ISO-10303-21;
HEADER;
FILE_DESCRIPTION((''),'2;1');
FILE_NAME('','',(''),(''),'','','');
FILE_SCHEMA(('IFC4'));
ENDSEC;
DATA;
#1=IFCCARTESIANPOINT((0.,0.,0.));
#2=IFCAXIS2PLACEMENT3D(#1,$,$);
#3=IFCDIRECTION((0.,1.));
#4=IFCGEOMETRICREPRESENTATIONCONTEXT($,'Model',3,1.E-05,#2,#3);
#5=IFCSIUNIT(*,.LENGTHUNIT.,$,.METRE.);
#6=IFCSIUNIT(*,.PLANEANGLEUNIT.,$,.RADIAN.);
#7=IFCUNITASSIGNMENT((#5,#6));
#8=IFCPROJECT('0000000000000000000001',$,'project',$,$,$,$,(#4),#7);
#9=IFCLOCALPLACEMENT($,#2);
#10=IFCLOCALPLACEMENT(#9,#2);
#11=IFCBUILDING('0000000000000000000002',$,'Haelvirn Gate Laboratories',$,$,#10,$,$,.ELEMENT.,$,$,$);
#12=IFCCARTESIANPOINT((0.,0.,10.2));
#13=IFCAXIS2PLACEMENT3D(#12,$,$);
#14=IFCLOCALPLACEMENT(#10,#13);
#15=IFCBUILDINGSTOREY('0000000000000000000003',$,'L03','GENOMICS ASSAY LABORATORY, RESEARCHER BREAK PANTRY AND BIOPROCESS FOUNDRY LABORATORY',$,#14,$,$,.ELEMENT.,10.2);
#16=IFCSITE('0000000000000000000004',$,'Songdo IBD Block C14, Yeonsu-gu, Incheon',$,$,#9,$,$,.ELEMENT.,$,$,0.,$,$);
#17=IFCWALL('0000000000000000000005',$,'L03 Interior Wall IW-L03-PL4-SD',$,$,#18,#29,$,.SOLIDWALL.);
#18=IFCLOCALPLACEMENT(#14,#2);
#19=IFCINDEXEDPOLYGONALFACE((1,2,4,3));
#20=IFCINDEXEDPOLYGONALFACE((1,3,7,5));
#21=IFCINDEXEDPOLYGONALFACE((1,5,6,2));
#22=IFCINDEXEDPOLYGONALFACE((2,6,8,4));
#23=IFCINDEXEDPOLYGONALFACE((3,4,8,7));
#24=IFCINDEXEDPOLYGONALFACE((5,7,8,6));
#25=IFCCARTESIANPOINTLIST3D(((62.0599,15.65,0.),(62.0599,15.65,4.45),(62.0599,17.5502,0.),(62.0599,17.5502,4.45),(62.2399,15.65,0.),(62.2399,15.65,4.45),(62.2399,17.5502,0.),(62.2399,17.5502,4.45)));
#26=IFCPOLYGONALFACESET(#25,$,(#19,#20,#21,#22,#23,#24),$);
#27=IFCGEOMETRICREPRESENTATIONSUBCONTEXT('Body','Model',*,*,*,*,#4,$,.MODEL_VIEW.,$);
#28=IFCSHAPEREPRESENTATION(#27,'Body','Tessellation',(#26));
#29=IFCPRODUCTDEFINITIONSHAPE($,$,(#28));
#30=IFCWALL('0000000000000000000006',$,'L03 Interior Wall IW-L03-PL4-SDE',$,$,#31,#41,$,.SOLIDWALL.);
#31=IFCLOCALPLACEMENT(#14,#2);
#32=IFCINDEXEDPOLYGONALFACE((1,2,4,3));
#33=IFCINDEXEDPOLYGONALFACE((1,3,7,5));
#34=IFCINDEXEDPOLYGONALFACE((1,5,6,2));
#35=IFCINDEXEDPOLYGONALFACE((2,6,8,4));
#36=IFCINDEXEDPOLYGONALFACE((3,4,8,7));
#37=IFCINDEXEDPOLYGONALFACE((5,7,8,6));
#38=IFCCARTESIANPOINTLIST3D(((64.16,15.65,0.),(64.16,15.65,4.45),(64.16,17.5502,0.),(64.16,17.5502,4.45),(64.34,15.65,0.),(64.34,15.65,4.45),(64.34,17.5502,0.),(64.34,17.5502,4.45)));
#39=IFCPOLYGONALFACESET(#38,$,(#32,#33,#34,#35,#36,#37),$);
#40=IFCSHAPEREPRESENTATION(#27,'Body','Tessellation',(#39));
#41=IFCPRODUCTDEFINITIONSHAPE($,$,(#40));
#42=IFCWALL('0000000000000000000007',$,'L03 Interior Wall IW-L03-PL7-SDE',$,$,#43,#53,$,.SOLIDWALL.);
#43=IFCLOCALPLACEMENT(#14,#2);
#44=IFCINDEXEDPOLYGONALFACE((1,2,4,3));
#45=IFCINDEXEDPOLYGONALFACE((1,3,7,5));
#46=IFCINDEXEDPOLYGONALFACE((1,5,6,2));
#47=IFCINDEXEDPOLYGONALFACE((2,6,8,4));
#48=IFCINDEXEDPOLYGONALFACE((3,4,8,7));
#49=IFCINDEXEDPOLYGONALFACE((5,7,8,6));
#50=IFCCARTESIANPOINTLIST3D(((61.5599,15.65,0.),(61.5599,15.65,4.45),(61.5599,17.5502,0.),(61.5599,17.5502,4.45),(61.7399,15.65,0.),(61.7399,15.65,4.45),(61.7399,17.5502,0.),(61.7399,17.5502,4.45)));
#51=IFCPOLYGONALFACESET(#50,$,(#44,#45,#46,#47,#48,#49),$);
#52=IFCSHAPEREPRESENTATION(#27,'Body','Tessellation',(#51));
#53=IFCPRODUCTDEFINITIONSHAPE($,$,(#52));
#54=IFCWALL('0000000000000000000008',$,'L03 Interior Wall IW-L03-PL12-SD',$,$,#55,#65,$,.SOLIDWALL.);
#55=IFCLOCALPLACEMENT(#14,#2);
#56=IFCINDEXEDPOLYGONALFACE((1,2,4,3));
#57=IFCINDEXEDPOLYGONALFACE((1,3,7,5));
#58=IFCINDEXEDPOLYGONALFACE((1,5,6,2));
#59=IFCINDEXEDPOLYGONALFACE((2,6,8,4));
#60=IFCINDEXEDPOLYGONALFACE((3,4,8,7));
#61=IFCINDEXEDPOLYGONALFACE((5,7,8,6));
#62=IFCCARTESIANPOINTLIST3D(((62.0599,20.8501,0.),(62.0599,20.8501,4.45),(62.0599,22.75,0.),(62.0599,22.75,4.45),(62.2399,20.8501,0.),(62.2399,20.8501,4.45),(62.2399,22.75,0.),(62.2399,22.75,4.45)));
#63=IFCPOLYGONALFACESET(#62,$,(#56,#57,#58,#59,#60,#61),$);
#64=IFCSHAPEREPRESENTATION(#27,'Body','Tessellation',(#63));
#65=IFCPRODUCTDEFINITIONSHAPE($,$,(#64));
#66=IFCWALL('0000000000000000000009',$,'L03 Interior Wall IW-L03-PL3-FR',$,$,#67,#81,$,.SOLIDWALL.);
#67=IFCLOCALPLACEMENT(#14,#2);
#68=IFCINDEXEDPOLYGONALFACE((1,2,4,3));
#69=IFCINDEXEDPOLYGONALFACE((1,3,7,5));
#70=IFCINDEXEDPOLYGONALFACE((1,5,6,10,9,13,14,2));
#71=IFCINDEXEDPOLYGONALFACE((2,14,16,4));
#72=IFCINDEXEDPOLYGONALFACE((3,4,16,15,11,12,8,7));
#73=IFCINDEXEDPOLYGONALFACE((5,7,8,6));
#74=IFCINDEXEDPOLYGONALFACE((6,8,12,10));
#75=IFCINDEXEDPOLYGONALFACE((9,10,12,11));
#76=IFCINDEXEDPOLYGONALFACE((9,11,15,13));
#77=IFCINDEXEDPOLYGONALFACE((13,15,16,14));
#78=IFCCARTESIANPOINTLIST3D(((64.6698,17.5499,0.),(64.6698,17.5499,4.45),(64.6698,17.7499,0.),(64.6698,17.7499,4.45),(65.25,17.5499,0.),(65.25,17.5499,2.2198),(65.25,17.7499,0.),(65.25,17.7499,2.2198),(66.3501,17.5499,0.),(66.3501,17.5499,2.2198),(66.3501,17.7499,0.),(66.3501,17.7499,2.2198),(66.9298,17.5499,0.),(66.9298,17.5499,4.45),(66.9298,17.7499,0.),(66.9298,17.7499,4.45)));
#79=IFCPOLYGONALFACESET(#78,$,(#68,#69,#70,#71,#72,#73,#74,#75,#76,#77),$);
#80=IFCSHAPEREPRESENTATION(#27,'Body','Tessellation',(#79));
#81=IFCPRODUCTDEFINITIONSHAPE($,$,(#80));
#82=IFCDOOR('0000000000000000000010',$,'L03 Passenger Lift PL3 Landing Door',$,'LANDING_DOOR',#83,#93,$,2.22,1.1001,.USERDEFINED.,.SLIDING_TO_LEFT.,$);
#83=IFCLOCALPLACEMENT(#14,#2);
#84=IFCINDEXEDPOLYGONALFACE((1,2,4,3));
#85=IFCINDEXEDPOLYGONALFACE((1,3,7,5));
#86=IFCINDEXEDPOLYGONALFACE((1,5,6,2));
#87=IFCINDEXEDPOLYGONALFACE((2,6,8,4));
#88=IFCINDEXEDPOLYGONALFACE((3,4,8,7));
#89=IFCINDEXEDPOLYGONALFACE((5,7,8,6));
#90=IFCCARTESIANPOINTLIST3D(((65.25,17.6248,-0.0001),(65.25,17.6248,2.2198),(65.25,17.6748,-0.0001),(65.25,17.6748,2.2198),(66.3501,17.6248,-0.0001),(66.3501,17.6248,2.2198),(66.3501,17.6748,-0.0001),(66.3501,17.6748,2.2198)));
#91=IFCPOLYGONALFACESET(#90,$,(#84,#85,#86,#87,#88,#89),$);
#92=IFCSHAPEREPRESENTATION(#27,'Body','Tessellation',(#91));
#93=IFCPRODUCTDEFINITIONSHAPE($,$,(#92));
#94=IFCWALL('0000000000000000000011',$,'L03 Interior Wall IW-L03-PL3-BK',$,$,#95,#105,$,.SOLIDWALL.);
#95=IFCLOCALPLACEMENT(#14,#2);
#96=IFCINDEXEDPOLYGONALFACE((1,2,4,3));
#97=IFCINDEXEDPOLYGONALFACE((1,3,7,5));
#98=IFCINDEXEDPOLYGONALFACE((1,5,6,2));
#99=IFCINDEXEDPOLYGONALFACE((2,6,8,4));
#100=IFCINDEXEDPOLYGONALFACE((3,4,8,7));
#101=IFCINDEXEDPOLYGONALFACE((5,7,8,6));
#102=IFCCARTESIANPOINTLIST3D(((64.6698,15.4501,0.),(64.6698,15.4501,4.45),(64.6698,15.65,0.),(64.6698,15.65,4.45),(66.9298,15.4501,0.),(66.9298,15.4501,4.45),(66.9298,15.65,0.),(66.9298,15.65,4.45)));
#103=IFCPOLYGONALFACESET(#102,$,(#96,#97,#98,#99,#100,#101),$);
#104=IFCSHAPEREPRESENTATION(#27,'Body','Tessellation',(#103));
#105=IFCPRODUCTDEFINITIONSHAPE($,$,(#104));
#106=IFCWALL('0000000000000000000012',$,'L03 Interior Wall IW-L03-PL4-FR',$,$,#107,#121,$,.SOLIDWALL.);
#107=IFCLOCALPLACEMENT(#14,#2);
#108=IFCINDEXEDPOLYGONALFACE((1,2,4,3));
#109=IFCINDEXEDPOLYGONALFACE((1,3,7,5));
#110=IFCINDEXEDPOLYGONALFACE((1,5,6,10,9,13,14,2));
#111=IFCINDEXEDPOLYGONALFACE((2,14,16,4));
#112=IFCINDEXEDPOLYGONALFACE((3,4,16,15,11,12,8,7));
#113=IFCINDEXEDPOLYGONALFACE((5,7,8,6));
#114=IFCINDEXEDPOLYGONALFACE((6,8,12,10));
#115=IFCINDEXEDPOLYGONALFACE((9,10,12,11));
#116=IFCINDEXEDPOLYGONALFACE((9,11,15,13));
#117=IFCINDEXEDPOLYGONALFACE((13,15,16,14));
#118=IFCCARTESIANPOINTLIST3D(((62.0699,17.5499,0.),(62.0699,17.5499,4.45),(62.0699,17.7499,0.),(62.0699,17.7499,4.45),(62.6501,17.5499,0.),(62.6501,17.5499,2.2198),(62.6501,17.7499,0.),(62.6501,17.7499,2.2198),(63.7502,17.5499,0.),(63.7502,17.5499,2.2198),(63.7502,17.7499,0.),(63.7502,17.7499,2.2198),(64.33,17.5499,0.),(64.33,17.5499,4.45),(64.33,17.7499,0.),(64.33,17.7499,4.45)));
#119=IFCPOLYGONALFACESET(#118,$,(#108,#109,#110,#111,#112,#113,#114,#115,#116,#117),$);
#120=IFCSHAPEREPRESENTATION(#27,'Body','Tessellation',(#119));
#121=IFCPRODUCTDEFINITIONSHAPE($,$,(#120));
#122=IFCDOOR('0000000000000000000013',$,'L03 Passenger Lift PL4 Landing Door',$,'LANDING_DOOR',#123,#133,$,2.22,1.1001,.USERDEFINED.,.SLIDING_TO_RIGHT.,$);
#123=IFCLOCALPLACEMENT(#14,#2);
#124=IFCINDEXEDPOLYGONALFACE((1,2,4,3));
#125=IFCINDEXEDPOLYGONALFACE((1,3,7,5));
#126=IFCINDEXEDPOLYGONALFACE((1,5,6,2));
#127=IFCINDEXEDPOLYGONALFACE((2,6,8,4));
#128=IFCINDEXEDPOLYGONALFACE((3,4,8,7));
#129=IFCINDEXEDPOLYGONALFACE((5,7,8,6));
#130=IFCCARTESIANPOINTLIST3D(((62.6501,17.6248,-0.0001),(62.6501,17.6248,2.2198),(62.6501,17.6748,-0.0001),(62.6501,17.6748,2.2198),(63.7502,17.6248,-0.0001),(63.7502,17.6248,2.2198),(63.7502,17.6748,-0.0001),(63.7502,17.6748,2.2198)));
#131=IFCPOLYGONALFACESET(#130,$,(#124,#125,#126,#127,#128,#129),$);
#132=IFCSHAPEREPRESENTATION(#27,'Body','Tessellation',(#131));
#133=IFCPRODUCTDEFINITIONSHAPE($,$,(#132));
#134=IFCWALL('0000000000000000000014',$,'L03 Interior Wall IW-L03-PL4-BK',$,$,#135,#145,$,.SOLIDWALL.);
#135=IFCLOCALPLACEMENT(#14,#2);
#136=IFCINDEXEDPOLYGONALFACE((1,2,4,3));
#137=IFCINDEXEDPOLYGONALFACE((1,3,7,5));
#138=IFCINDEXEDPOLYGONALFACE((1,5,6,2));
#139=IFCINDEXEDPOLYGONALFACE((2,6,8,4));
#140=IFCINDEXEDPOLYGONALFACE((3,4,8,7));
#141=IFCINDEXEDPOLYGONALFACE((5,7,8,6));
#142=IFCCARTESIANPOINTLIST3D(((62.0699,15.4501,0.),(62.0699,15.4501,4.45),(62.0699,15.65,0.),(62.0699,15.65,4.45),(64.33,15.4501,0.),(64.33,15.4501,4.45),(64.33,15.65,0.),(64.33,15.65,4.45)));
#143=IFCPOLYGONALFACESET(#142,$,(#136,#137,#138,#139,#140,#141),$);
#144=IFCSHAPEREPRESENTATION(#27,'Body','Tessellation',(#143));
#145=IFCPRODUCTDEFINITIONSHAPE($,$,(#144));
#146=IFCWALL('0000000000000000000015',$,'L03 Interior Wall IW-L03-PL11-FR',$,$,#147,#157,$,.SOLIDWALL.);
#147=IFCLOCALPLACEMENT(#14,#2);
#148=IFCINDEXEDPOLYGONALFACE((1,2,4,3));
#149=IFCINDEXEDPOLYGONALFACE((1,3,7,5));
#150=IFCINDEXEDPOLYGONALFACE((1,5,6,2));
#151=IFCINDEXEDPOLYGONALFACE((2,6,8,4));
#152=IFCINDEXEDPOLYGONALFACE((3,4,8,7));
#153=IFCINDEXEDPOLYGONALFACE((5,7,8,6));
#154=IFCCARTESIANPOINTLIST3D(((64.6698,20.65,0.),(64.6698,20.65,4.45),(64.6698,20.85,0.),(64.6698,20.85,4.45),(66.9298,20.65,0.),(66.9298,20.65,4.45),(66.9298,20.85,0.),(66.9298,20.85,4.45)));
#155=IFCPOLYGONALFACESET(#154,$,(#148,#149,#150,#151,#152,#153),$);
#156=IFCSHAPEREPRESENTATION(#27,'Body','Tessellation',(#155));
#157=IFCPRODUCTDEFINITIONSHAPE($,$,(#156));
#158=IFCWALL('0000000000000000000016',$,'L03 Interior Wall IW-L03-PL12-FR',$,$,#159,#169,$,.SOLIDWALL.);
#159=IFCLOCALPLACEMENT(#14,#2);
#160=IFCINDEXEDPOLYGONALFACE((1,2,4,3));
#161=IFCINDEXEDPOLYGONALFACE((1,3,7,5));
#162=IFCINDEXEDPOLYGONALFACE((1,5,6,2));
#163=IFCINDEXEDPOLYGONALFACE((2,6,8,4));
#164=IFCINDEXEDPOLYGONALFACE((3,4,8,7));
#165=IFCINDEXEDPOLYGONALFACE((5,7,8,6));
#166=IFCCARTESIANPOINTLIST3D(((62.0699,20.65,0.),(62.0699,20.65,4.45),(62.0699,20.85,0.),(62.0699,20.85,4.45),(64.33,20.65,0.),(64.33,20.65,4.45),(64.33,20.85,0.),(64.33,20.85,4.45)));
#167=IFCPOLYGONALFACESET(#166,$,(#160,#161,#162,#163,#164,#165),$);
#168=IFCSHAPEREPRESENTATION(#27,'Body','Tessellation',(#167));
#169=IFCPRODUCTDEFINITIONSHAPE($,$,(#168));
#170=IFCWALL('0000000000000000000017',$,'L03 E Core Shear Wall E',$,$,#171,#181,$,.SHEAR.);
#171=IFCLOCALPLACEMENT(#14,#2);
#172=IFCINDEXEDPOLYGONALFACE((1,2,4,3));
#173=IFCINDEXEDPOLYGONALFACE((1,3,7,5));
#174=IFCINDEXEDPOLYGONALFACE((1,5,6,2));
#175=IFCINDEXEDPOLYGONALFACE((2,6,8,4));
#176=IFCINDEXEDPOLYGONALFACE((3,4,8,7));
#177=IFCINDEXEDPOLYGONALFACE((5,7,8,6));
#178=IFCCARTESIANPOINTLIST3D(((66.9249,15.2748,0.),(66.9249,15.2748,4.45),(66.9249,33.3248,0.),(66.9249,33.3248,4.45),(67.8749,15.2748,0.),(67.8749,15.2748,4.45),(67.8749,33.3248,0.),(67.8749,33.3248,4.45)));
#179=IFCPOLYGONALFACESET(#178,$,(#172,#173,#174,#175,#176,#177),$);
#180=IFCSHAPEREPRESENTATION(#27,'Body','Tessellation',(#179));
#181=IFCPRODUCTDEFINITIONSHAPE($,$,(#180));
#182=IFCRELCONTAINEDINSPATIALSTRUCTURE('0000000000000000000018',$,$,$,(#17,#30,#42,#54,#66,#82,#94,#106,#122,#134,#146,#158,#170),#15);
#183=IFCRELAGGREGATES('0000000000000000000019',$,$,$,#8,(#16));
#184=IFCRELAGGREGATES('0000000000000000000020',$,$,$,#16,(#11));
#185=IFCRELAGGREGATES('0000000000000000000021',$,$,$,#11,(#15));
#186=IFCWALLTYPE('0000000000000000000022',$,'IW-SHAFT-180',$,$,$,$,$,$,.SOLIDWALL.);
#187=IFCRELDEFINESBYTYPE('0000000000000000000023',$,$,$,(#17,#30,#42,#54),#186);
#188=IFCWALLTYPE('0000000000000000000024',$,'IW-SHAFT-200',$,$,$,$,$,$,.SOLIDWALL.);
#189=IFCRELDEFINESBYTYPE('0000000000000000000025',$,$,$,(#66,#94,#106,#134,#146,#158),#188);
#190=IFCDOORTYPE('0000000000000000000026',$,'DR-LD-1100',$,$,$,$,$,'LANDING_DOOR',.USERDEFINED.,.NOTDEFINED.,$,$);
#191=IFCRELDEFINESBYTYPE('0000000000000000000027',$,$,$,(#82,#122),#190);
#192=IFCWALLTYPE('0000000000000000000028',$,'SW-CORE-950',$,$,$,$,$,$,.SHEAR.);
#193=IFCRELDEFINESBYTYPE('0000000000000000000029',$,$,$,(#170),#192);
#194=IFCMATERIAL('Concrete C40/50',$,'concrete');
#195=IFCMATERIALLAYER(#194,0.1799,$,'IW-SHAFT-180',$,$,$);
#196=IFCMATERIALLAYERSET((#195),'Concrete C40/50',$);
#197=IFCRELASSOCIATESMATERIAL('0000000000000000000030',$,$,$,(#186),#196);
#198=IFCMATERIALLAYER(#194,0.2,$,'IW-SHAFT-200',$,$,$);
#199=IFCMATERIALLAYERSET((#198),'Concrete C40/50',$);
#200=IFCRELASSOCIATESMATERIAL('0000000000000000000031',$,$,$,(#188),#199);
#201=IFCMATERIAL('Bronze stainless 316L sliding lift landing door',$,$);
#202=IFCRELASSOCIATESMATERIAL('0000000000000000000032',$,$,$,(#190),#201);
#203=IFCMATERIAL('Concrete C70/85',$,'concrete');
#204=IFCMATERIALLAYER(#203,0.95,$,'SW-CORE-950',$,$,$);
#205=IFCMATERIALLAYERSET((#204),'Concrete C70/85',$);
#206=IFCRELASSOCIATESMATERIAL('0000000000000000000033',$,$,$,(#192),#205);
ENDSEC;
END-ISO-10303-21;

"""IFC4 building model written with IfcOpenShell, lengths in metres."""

from ifc_helpers import new_model, si_unit, direction, frame, frame_2d, origin, place, context, subcontext, project, spatial, rectangle, extrude, source, transform, mapped, material, layer, layer_set, type_object, type_shapes, element, fill, save


model = new_model("IFC4")

# Units and contexts
model_context = context("Model", 3, precision=1e-05, world=origin(), true_north=direction((0.0, 1.0)))
body_context = subcontext(model_context, "Body", "Model", "MODEL_VIEW")
ifc_project = project(units=[si_unit("LENGTHUNIT", "METRE"), si_unit("PLANEANGLEUNIT", "RADIAN")], contexts=[model_context])

# Site, building, storey
site_placement = place(None, origin())
site = spatial("IfcSite", under=ifc_project, at=site_placement, Name="Songdo IBD Block C14, Yeonsu-gu, Incheon", CompositionType="ELEMENT", RefElevation=0.0)
building_placement = place(site_placement, origin())
building = spatial("IfcBuilding", under=site, at=building_placement, Name="Haelvirn Gate Laboratories", CompositionType="ELEMENT")
storey_placement = place(building_placement, frame((0.0, 0.0, 10.2)))
storey = spatial("IfcBuildingStorey", under=building, at=storey_placement, Name="L03", Description="GENOMICS ASSAY LABORATORY, RESEARCHER BREAK PANTRY AND BIOPROCESS FOUNDRY LABORATORY", CompositionType="ELEMENT", Elevation=10.2)

# Shared definitions
ifc_material_1 = material(Name="Concrete C70/85", Category="concrete")

# Walls
ifc_material_2 = material(Name="Concrete C40/50", Category="concrete")
ifc_layer_1 = layer(ifc_material_2, 0.1799, Name="IW-SHAFT-180")
ifc_layer_set_1 = layer_set([ifc_layer_1], Name="Concrete C40/50")
wall_type_1 = type_object("IfcWallType", Name="IW-SHAFT-180", PredefinedType="SOLIDWALL", material=ifc_layer_set_1)
for number, where, z_axis, x_axis, name in (
    (1, (62.1499, 15.6499, 0.0), (0.0, 0.0, 1.0), (0.0, 1.0, 0.0), "L03 Interior Wall IW-L03-PL4-SD"),
    (2, (64.25, 15.6499, 0.0), (0.0, 0.0, 1.0), (0.0, 1.0, 0.0), "L03 Interior Wall IW-L03-PL4-SDE"),
    (3, (61.6499, 15.6499, 0.0), (0.0, 0.0, 1.0), (0.0, 1.0, 0.0), "L03 Interior Wall IW-L03-PL7-SDE"),
):
    element("IfcWall", number, at=place(storey_placement, frame(where, z_axis=z_axis, x_axis=x_axis)), inside=storey, type_object=wall_type_1, Name=name, PredefinedType="SOLIDWALL", context=body_context, shape_type="SweptSolid", body=[
        extrude(rectangle(XDim=1.9001, YDim=0.1799, at=frame_2d((0.9502, 0.0))), origin(), (0.0, 0.0, 1.0), 4.45),
    ])
wall_1_placement = place(storey_placement, frame((62.1499, 20.8501, 0.0), z_axis=(0.0, 0.0, 1.0), x_axis=(0.0, 1.0, 0.0)))
element("IfcWall", 4, at=wall_1_placement, inside=storey, type_object=wall_type_1, Name="L03 Interior Wall IW-L03-PL12-SD", PredefinedType="SOLIDWALL", context=body_context, shape_type="SweptSolid", body=[
    extrude(rectangle(XDim=1.8999, YDim=0.1799, at=frame_2d((0.95, 0.0))), origin(), (0.0, 0.0, 1.0), 4.45),
])

# Wall, opening, door
ifc_layer_2 = layer(ifc_material_2, 0.2, Name="IW-SHAFT-200")
ifc_layer_set_2 = layer_set([ifc_layer_2], Name="Concrete C40/50")
wall_type_2 = type_object("IfcWallType", Name="IW-SHAFT-200", PredefinedType="SOLIDWALL", material=ifc_layer_set_2)
wall_2_placement = place(storey_placement, frame((64.6699, 17.6499, 0.0), z_axis=(0.0, 0.0, 1.0), x_axis=(1.0, 0.0, 0.0)))
wall_2 = element("IfcWall", 5, at=wall_2_placement, inside=storey, type_object=wall_type_2, Name="L03 Interior Wall IW-L03-PL3-FR", PredefinedType="SOLIDWALL", context=body_context, shape_type="SweptSolid", body=[
    extrude(rectangle(XDim=2.26, YDim=0.2, at=frame_2d((1.1299, 0.0))), origin(), (0.0, 0.0, 1.0), 4.45),
])
opening_1_placement = place(wall_2_placement, frame((0.5801, 0.0, 0.0)))
opening_1 = element("IfcOpeningElement", 6, at=opening_1_placement, cuts=wall_2, PredefinedType="OPENING", context=body_context, shape_type="SweptSolid", body=[
    extrude(rectangle(XDim=1.1001, YDim=2.22, at=frame_2d((0.55, 1.1099))), frame((0.0, 0.1099, 0.0), z_axis=(0.0, -1.0, 0.0), x_axis=(1.0, 0.0, 0.0)), (0.0, 0.0, 1.0), 0.22),
])
ifc_material_3 = material(Name="Bronze stainless 316L sliding lift landing door")
door_type_1 = type_object("IfcDoorType", Name="DR-LD-1100", ElementType="LANDING_DOOR", OperationType="NOTDEFINED", PredefinedType="USERDEFINED", material=ifc_material_3)
shared_shape_1 = source(origin(), body_context, "Body", "SweptSolid", [
    extrude(rectangle(XDim=1.1001, YDim=2.22, at=frame_2d((0.55, 1.1099))), frame((0.0, 0.0249, 0.0), z_axis=(0.0, -1.0, 0.0), x_axis=(1.0, 0.0, 0.0)), (0.0, 0.0, 1.0), 0.05),
])
type_shapes(door_type_1, [shared_shape_1])
door_1_placement = place(opening_1_placement, origin())
door_1 = element("IfcDoor", 7, at=door_1_placement, inside=storey, type_object=door_type_1, Name="L03 Passenger Lift PL3 Landing Door", ObjectType="LANDING_DOOR", OperationType="SLIDING_TO_LEFT", OverallHeight=2.22, OverallWidth=1.1001, PredefinedType="USERDEFINED", context=body_context, shape_type="MappedRepresentation", body=[
    mapped(shared_shape_1, transform((0.0, 0.0, 0.0), scale=1.0)),
])
fill(opening_1, door_1)

# Wall
wall_3_placement = place(storey_placement, frame((64.6699, 15.55, 0.0), z_axis=(0.0, 0.0, 1.0), x_axis=(1.0, 0.0, 0.0)))
element("IfcWall", 8, at=wall_3_placement, inside=storey, type_object=wall_type_2, Name="L03 Interior Wall IW-L03-PL3-BK", PredefinedType="SOLIDWALL", context=body_context, shape_type="SweptSolid", body=[
    extrude(rectangle(XDim=2.26, YDim=0.2, at=frame_2d((1.1299, 0.0))), origin(), (0.0, 0.0, 1.0), 4.45),
])

# Wall, opening, door
wall_4_placement = place(storey_placement, frame((62.0701, 17.6499, 0.0), z_axis=(0.0, 0.0, 1.0), x_axis=(1.0, 0.0, 0.0)))
wall_4 = element("IfcWall", 9, at=wall_4_placement, inside=storey, type_object=wall_type_2, Name="L03 Interior Wall IW-L03-PL4-FR", PredefinedType="SOLIDWALL", context=body_context, shape_type="SweptSolid", body=[
    extrude(rectangle(XDim=2.26, YDim=0.2, at=frame_2d((1.1299, 0.0))), origin(), (0.0, 0.0, 1.0), 4.45),
])
opening_2_placement = place(wall_4_placement, frame((0.5801, 0.0, 0.0)))
opening_2 = element("IfcOpeningElement", 10, at=opening_2_placement, cuts=wall_4, PredefinedType="OPENING", context=body_context, shape_type="SweptSolid", body=[
    extrude(rectangle(XDim=1.1001, YDim=2.22, at=frame_2d((0.55, 1.1099))), frame((0.0, 0.1099, 0.0), z_axis=(0.0, -1.0, 0.0), x_axis=(1.0, 0.0, 0.0)), (0.0, 0.0, 1.0), 0.22),
])
door_2_placement = place(opening_2_placement, origin())
door_2 = element("IfcDoor", 11, at=door_2_placement, inside=storey, type_object=door_type_1, Name="L03 Passenger Lift PL4 Landing Door", ObjectType="LANDING_DOOR", OperationType="SLIDING_TO_RIGHT", OverallHeight=2.22, OverallWidth=1.1001, PredefinedType="USERDEFINED", context=body_context, shape_type="MappedRepresentation", body=[
    mapped(shared_shape_1, transform((0.0, 0.0, 0.0), scale=1.0)),
])
fill(opening_2, door_2)

# Walls
for number, where, z_axis, x_axis, name in (
    (12, (62.0701, 15.55, 0.0), (0.0, 0.0, 1.0), (1.0, 0.0, 0.0), "L03 Interior Wall IW-L03-PL4-BK"),
    (13, (64.6699, 20.75, 0.0), (0.0, 0.0, 1.0), (1.0, 0.0, 0.0), "L03 Interior Wall IW-L03-PL11-FR"),
    (14, (62.0701, 20.75, 0.0), (0.0, 0.0, 1.0), (1.0, 0.0, 0.0), "L03 Interior Wall IW-L03-PL12-FR"),
):
    element("IfcWall", number, at=place(storey_placement, frame(where, z_axis=z_axis, x_axis=x_axis)), inside=storey, type_object=wall_type_2, Name=name, PredefinedType="SOLIDWALL", context=body_context, shape_type="SweptSolid", body=[
        extrude(rectangle(XDim=2.26, YDim=0.2, at=frame_2d((1.1299, 0.0))), origin(), (0.0, 0.0, 1.0), 4.45),
    ])
ifc_layer_3 = layer(ifc_material_1, 0.95, Name="SW-CORE-950")
ifc_layer_set_3 = layer_set([ifc_layer_3], Name="Concrete C70/85")
wall_type_3 = type_object("IfcWallType", Name="SW-CORE-950", PredefinedType="SHEAR", material=ifc_layer_set_3)
wall_5_placement = place(storey_placement, frame((67.3999, 15.2749, 0.0), z_axis=(0.0, 0.0, 1.0), x_axis=(0.0, 1.0, 0.0)))
element("IfcWall", 15, at=wall_5_placement, inside=storey, type_object=wall_type_3, Name="L03 E Core Shear Wall E", PredefinedType="SHEAR", context=body_context, shape_type="SweptSolid", body=[
    extrude(rectangle(XDim=18.05, YDim=0.95, at=frame_2d((9.0249, 0.0))), origin(), (0.0, 0.0, 1.0), 4.45),
])

save(model, "model.ifc")
